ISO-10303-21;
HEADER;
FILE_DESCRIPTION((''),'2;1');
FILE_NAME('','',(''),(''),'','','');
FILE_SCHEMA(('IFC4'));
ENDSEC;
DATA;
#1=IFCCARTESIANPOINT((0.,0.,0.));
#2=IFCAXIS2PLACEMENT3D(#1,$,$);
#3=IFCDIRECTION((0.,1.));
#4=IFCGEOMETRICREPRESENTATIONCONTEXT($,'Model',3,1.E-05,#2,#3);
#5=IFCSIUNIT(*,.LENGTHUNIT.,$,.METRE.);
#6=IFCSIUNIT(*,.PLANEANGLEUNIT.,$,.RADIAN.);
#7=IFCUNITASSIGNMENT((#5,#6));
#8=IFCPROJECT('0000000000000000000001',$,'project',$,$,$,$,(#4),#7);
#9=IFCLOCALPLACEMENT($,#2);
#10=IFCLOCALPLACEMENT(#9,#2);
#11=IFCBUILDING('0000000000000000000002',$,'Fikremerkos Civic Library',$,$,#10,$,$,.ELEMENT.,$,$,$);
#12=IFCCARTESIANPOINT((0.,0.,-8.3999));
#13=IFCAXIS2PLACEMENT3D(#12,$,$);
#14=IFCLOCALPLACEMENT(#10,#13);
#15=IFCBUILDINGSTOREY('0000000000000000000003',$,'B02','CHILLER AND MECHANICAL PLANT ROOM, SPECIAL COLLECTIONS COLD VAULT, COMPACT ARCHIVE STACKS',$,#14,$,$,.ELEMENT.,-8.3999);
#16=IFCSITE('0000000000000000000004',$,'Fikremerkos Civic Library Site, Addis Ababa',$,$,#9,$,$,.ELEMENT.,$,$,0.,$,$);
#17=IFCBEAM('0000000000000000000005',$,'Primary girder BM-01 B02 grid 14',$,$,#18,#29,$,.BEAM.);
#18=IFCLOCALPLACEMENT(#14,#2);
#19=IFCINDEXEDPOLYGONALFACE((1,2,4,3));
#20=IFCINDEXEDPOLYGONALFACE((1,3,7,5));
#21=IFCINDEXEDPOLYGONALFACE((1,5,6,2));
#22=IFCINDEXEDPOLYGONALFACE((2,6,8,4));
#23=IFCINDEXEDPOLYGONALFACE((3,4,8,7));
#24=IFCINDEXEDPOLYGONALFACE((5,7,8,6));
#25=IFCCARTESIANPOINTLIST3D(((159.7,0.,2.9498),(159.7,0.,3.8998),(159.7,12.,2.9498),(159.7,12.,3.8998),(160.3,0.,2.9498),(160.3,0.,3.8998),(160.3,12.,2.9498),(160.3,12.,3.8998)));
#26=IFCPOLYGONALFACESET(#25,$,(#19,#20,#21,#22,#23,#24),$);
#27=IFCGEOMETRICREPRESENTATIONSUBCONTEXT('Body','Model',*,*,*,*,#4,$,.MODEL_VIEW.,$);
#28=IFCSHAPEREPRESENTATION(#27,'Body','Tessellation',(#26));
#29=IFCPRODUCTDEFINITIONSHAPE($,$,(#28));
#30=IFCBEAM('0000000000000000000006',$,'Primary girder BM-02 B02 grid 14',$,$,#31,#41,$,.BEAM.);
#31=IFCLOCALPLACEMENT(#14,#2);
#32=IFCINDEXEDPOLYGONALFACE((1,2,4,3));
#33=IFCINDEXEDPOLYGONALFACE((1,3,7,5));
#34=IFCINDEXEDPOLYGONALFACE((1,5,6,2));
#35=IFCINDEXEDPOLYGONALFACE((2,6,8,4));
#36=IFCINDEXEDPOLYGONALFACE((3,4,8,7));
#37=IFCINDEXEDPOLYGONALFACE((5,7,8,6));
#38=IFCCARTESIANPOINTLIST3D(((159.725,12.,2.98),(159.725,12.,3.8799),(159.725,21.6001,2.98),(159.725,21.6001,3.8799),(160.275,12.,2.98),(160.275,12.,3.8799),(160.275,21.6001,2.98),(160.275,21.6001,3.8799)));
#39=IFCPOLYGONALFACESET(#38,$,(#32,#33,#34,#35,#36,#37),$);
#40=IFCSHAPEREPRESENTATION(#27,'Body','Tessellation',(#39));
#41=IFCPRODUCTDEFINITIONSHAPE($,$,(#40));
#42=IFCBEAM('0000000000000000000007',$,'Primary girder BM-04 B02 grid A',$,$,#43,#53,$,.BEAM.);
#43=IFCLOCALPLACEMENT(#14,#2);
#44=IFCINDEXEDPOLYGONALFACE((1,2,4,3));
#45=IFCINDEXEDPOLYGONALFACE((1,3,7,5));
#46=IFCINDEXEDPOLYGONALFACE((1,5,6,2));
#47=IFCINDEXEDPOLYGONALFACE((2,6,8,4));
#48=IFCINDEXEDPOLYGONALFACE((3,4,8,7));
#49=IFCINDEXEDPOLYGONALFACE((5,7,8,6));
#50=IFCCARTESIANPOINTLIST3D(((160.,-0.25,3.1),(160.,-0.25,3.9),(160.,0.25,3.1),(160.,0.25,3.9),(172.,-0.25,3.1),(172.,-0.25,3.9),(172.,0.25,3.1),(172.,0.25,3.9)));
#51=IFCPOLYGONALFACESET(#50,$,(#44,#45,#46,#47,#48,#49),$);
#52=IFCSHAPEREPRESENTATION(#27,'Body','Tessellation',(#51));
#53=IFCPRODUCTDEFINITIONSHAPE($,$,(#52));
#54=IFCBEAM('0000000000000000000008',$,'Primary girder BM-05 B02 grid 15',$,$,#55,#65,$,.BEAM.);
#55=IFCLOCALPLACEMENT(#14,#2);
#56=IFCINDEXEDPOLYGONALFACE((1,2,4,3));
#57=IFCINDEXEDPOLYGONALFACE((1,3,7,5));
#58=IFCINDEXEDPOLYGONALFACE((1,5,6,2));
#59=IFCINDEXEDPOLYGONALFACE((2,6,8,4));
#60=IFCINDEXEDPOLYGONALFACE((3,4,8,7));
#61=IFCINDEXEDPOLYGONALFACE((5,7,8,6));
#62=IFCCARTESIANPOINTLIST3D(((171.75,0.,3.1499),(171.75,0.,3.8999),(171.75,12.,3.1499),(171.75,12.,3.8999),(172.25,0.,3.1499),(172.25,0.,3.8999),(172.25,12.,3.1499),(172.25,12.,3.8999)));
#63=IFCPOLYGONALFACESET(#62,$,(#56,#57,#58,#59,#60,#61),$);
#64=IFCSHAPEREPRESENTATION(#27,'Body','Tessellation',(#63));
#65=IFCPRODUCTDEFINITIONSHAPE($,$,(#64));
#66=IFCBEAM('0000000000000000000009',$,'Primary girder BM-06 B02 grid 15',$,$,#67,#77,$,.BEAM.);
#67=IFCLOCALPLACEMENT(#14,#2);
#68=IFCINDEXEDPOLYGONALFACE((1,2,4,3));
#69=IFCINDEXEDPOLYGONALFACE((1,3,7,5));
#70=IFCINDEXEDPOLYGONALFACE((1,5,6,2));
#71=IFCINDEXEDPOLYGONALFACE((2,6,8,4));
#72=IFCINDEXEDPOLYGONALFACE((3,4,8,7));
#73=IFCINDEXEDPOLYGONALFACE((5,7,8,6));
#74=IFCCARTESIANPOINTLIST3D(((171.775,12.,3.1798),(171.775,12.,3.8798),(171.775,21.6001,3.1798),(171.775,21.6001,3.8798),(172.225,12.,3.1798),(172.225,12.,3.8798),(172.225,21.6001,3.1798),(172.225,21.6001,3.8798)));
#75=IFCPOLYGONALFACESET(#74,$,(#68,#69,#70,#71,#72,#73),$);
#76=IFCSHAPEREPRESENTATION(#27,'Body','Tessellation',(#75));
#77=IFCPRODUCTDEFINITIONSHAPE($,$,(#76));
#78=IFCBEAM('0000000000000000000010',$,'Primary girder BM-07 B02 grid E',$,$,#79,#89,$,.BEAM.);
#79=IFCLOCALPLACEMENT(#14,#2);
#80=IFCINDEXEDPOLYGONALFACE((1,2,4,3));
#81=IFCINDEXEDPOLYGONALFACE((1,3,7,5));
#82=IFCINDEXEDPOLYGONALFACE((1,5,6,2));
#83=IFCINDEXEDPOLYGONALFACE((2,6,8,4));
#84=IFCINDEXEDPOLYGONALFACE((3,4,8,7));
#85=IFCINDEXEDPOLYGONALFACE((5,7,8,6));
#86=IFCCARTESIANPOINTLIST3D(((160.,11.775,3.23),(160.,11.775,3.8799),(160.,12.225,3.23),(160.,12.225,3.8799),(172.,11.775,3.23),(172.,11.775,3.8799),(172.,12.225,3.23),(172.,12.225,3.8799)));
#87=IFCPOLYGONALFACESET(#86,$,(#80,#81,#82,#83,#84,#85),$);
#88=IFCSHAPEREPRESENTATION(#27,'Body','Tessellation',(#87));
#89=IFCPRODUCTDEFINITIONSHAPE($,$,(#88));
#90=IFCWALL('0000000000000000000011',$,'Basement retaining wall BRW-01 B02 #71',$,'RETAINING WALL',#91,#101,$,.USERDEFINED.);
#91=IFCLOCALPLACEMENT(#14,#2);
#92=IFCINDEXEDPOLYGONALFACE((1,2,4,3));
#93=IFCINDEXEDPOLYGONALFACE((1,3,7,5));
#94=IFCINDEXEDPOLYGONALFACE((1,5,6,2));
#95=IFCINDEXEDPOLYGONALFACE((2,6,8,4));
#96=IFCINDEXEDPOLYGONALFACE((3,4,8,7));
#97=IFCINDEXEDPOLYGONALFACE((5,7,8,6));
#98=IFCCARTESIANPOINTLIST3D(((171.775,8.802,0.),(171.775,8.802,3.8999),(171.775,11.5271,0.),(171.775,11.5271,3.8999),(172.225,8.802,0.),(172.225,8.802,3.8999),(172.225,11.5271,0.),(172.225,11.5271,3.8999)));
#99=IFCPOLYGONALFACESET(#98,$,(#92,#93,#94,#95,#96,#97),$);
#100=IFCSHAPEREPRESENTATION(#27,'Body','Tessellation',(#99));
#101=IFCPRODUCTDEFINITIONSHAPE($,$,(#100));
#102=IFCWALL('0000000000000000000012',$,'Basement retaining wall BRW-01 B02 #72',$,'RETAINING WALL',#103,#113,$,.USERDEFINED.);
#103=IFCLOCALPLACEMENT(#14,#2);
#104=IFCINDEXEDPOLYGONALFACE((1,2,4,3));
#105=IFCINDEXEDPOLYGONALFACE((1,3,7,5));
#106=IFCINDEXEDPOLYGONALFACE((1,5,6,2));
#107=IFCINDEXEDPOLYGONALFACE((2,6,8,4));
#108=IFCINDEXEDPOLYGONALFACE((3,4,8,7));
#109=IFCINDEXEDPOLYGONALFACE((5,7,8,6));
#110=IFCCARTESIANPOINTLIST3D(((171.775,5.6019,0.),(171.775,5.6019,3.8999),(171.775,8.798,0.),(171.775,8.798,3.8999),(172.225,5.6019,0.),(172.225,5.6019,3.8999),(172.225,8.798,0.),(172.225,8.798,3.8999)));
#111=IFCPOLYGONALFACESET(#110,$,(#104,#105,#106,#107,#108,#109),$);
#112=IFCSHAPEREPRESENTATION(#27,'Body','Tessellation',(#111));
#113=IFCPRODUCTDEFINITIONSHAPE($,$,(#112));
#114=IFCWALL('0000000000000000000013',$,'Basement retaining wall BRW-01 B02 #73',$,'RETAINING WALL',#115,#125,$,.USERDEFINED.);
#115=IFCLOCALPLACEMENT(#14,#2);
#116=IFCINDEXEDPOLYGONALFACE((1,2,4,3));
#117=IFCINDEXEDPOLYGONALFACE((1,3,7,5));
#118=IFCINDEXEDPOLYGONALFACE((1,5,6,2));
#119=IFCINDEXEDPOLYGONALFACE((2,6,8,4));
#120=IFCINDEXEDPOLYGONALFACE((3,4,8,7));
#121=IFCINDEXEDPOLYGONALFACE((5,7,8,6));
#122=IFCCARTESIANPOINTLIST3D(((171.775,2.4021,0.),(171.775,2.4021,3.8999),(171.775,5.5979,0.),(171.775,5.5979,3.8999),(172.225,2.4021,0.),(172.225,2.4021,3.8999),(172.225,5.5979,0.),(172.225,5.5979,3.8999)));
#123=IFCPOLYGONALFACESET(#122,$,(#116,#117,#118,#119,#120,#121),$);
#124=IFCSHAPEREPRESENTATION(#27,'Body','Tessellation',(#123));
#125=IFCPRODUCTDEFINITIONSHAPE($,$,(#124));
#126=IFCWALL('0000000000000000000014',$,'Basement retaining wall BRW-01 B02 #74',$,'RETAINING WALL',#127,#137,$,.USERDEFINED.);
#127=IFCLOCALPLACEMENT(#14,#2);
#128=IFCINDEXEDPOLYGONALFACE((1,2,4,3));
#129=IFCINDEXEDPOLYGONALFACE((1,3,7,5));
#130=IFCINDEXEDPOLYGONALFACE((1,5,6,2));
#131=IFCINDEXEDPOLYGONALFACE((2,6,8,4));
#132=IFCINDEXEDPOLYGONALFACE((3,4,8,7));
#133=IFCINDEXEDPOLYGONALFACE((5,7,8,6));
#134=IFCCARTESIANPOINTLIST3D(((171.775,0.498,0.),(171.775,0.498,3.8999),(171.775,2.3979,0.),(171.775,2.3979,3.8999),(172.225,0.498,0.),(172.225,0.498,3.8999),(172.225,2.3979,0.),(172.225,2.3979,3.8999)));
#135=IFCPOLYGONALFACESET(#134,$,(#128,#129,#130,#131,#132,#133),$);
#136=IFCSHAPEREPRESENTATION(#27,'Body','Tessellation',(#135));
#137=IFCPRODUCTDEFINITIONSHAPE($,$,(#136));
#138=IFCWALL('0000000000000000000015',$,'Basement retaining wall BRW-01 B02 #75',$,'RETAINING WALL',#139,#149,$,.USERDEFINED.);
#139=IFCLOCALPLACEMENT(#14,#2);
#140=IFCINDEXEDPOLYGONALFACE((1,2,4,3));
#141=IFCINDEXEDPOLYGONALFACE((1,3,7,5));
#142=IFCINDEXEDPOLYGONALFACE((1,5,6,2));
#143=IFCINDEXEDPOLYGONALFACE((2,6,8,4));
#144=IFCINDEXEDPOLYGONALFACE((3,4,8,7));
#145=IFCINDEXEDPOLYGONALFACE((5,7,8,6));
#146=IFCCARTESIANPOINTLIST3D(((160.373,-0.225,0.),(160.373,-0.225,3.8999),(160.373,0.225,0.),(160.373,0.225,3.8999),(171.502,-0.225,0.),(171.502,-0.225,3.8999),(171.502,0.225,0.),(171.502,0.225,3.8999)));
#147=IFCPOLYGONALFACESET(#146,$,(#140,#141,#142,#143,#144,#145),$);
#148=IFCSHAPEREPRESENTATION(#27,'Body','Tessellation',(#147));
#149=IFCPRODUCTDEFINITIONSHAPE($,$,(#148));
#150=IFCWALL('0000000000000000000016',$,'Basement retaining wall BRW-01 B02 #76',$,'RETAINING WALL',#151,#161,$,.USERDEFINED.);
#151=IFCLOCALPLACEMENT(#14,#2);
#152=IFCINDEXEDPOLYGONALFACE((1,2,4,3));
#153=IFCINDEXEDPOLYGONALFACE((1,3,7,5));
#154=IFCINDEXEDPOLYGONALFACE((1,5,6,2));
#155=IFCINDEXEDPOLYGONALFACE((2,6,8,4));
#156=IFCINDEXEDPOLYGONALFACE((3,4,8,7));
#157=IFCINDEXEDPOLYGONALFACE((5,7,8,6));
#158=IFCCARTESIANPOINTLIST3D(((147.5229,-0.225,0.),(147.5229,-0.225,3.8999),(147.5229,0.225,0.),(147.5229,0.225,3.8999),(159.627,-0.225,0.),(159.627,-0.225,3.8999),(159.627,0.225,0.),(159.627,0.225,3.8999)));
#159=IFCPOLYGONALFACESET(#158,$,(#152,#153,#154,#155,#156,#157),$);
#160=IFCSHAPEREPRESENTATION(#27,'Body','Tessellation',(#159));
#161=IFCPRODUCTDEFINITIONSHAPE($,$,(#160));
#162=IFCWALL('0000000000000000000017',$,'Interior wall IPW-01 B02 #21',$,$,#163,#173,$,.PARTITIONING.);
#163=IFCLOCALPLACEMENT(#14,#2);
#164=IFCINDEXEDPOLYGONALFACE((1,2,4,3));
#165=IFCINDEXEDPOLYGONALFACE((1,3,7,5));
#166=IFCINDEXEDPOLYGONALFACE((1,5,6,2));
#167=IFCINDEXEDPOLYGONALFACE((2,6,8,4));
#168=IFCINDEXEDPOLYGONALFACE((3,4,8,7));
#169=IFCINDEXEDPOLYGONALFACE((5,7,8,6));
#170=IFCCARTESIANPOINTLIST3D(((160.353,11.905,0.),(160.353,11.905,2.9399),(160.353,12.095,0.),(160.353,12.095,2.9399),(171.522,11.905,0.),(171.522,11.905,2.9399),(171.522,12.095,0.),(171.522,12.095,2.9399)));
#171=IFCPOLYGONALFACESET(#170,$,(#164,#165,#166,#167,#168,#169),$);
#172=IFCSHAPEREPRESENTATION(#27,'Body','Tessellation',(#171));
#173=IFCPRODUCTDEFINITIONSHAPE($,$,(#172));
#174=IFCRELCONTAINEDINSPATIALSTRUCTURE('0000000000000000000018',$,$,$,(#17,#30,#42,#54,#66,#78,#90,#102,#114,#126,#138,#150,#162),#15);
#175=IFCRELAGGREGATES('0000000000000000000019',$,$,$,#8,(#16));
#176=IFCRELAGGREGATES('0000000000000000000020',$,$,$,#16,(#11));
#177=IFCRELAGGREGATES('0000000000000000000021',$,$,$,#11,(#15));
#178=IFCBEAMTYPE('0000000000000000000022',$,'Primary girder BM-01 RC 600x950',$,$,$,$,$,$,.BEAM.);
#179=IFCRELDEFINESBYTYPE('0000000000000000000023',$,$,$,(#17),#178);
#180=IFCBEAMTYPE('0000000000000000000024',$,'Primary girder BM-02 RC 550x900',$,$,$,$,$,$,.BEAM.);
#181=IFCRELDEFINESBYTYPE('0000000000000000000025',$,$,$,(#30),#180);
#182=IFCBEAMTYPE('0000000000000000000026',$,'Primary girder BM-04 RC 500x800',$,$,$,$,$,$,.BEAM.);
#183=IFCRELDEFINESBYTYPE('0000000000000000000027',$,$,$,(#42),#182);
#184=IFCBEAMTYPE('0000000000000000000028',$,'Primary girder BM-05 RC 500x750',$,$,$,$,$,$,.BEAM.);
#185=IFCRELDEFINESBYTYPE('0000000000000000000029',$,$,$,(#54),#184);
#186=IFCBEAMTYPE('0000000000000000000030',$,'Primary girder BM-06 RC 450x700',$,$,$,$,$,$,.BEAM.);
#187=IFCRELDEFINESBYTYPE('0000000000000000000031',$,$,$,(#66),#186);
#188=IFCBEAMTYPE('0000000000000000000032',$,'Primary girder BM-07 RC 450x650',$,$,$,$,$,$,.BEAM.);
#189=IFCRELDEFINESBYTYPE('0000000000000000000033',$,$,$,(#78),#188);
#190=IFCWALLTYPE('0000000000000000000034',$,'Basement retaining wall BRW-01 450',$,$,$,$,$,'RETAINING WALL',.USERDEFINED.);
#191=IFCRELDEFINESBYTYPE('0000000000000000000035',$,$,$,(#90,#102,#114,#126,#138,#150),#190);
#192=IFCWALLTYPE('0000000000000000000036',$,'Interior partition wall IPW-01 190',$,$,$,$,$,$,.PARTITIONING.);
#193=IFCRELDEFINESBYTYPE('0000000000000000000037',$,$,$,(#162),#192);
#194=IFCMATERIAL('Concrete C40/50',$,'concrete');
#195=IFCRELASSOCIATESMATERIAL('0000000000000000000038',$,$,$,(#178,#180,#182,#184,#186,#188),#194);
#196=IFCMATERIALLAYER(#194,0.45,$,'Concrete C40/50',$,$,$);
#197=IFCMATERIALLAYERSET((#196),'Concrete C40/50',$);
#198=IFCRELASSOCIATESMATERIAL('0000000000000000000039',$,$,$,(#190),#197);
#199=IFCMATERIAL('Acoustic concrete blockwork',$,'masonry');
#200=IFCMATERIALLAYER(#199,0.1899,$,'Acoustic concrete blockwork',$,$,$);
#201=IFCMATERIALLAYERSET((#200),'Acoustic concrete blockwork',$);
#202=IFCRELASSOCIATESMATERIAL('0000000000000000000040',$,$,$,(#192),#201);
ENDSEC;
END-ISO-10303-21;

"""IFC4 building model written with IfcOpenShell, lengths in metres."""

from ifc_helpers import new_model, si_unit, direction, frame, frame_2d, origin, origin_2d, place, context, subcontext, project, spatial, rectangle, extrude, material, layer, layer_set, material_profile, profile_set, type_object, element, save


model = new_model("IFC4")

# Units and contexts
model_context = context("Model", 3, precision=1e-05, world=origin(), true_north=direction((0.0, 1.0)))
body_context = subcontext(model_context, "Body", "Model", "MODEL_VIEW")
ifc_project = project(units=[si_unit("LENGTHUNIT", "METRE"), si_unit("PLANEANGLEUNIT", "RADIAN")], contexts=[model_context])

# Site, building, storey
site_placement = place(None, origin())
site = spatial("IfcSite", under=ifc_project, at=site_placement, Name="Fikremerkos Civic Library Site, Addis Ababa", CompositionType="ELEMENT", RefElevation=0.0)
building_placement = place(site_placement, origin())
building = spatial("IfcBuilding", under=site, at=building_placement, Name="Fikremerkos Civic Library", CompositionType="ELEMENT")
storey_placement = place(building_placement, frame((0.0, 0.0, -8.3999)))
storey = spatial("IfcBuildingStorey", under=building, at=storey_placement, Name="B02", Description="CHILLER AND MECHANICAL PLANT ROOM, SPECIAL COLLECTIONS COLD VAULT, COMPACT ARCHIVE STACKS", CompositionType="ELEMENT", Elevation=-8.3999)

# Shared definitions
ifc_material_1 = material(Name="Concrete C40/50", Category="concrete")

# Beams
ifc_material_profile_1 = material_profile(ifc_material_1, rectangle(XDim=0.6001, YDim=0.95, at=origin_2d()), Name="RC 600x950")
ifc_profile_set_1 = profile_set([ifc_material_profile_1], Name="Concrete C40/50")
beam_type_1 = type_object("IfcBeamType", Name="Primary girder BM-01 RC 600x950", PredefinedType="BEAM", material=ifc_profile_set_1)
beam_1_placement = place(storey_placement, frame((160.0, 0.0, 3.4248), z_axis=(0.0, 1.0, 0.0), x_axis=(-1.0, 0.0, 0.0)))
element("IfcBeam", 1, at=beam_1_placement, inside=storey, type_object=beam_type_1, Name="Primary girder BM-01 B02 grid 14", PredefinedType="BEAM", context=body_context, shape_type="SweptSolid", body=[
    extrude(rectangle(XDim=0.6001, YDim=0.95, at=origin_2d()), origin(), (0.0, 0.0, 1.0), 12.0),
])
ifc_material_profile_2 = material_profile(ifc_material_1, rectangle(XDim=0.55, YDim=0.8999, at=origin_2d()), Name="RC 550x900")
ifc_profile_set_2 = profile_set([ifc_material_profile_2], Name="Concrete C40/50")
beam_type_2 = type_object("IfcBeamType", Name="Primary girder BM-02 RC 550x900", PredefinedType="BEAM", material=ifc_profile_set_2)
beam_2_placement = place(storey_placement, frame((160.0, 12.0, 3.4299), z_axis=(0.0, 1.0, 0.0), x_axis=(-1.0, 0.0, 0.0)))
element("IfcBeam", 2, at=beam_2_placement, inside=storey, type_object=beam_type_2, Name="Primary girder BM-02 B02 grid 14", PredefinedType="BEAM", context=body_context, shape_type="SweptSolid", body=[
    extrude(rectangle(XDim=0.55, YDim=0.8999, at=origin_2d()), origin(), (0.0, 0.0, 1.0), 9.6001),
])
ifc_material_profile_3 = material_profile(ifc_material_1, rectangle(XDim=0.5, YDim=0.8, at=origin_2d()), Name="RC 500x800")
ifc_profile_set_3 = profile_set([ifc_material_profile_3], Name="Concrete C40/50")
beam_type_3 = type_object("IfcBeamType", Name="Primary girder BM-04 RC 500x800", PredefinedType="BEAM", material=ifc_profile_set_3)
beam_3_placement = place(storey_placement, frame((160.0, 0.0, 3.5), z_axis=(1.0, 0.0, 0.0), x_axis=(0.0, 1.0, 0.0)))
element("IfcBeam", 3, at=beam_3_placement, inside=storey, type_object=beam_type_3, Name="Primary girder BM-04 B02 grid A", PredefinedType="BEAM", context=body_context, shape_type="SweptSolid", body=[
    extrude(rectangle(XDim=0.5, YDim=0.8, at=origin_2d()), origin(), (0.0, 0.0, 1.0), 12.0),
])
ifc_material_profile_4 = material_profile(ifc_material_1, rectangle(XDim=0.5, YDim=0.75, at=origin_2d()), Name="RC 500x750")
ifc_profile_set_4 = profile_set([ifc_material_profile_4], Name="Concrete C40/50")
beam_type_4 = type_object("IfcBeamType", Name="Primary girder BM-05 RC 500x750", PredefinedType="BEAM", material=ifc_profile_set_4)
beam_4_placement = place(storey_placement, frame((172.0, 0.0, 3.5249), z_axis=(0.0, 1.0, 0.0), x_axis=(-1.0, 0.0, 0.0)))
element("IfcBeam", 4, at=beam_4_placement, inside=storey, type_object=beam_type_4, Name="Primary girder BM-05 B02 grid 15", PredefinedType="BEAM", context=body_context, shape_type="SweptSolid", body=[
    extrude(rectangle(XDim=0.5, YDim=0.75, at=origin_2d()), origin(), (0.0, 0.0, 1.0), 12.0),
])
ifc_material_profile_5 = material_profile(ifc_material_1, rectangle(XDim=0.45, YDim=0.7, at=origin_2d()), Name="RC 450x700")
ifc_profile_set_5 = profile_set([ifc_material_profile_5], Name="Concrete C40/50")
beam_type_5 = type_object("IfcBeamType", Name="Primary girder BM-06 RC 450x700", PredefinedType="BEAM", material=ifc_profile_set_5)
beam_5_placement = place(storey_placement, frame((172.0, 12.0, 3.5298), z_axis=(0.0, 1.0, 0.0), x_axis=(-1.0, 0.0, 0.0)))
element("IfcBeam", 5, at=beam_5_placement, inside=storey, type_object=beam_type_5, Name="Primary girder BM-06 B02 grid 15", PredefinedType="BEAM", context=body_context, shape_type="SweptSolid", body=[
    extrude(rectangle(XDim=0.45, YDim=0.7, at=origin_2d()), origin(), (0.0, 0.0, 1.0), 9.6001),
])
ifc_material_profile_6 = material_profile(ifc_material_1, rectangle(XDim=0.45, YDim=0.6499, at=origin_2d()), Name="RC 450x650")
ifc_profile_set_6 = profile_set([ifc_material_profile_6], Name="Concrete C40/50")
beam_type_6 = type_object("IfcBeamType", Name="Primary girder BM-07 RC 450x650", PredefinedType="BEAM", material=ifc_profile_set_6)
beam_6_placement = place(storey_placement, frame((160.0, 12.0, 3.5549), z_axis=(1.0, 0.0, 0.0), x_axis=(0.0, 1.0, 0.0)))
element("IfcBeam", 6, at=beam_6_placement, inside=storey, type_object=beam_type_6, Name="Primary girder BM-07 B02 grid E", PredefinedType="BEAM", context=body_context, shape_type="SweptSolid", body=[
    extrude(rectangle(XDim=0.45, YDim=0.6499, at=origin_2d()), origin(), (0.0, 0.0, 1.0), 12.0),
])

# Walls
ifc_layer_1 = layer(ifc_material_1, 0.45, Name="Concrete C40/50")
ifc_layer_set_1 = layer_set([ifc_layer_1], Name="Concrete C40/50")
wall_type_1 = type_object("IfcWallType", Name="Basement retaining wall BRW-01 450", ElementType="RETAINING WALL", PredefinedType="USERDEFINED", material=ifc_layer_set_1)
wall_1_placement = place(storey_placement, frame((172.0, 11.5271, 0.0), z_axis=(0.0, 0.0, 1.0), x_axis=(0.0, -1.0, 0.0)))
element("IfcWall", 7, at=wall_1_placement, inside=storey, type_object=wall_type_1, Name="Basement retaining wall BRW-01 B02 #71", ObjectType="RETAINING WALL", PredefinedType="USERDEFINED", context=body_context, shape_type="SweptSolid", body=[
    extrude(rectangle(XDim=2.7251, YDim=0.45, at=frame_2d((1.3625, 0.0))), origin(), (0.0, 0.0, 1.0), 3.8999),
])
wall_2_placement = place(storey_placement, frame((172.0, 8.7981, 0.0), z_axis=(0.0, 0.0, 1.0), x_axis=(0.0, -1.0, 0.0)))
element("IfcWall", 8, at=wall_2_placement, inside=storey, type_object=wall_type_1, Name="Basement retaining wall BRW-01 B02 #72", ObjectType="RETAINING WALL", PredefinedType="USERDEFINED", context=body_context, shape_type="SweptSolid", body=[
    extrude(rectangle(XDim=3.196, YDim=0.45, at=frame_2d((1.5981, 0.0))), origin(), (0.0, 0.0, 1.0), 3.8999),
])
wall_3_placement = place(storey_placement, frame((172.0, 5.5979, 0.0), z_axis=(0.0, 0.0, 1.0), x_axis=(0.0, -1.0, 0.0)))
element("IfcWall", 9, at=wall_3_placement, inside=storey, type_object=wall_type_1, Name="Basement retaining wall BRW-01 B02 #73", ObjectType="RETAINING WALL", PredefinedType="USERDEFINED", context=body_context, shape_type="SweptSolid", body=[
    extrude(rectangle(XDim=3.1958, YDim=0.45, at=frame_2d((1.5979, 0.0))), origin(), (0.0, 0.0, 1.0), 3.8999),
])
wall_4_placement = place(storey_placement, frame((172.0, 2.3979, 0.0), z_axis=(0.0, 0.0, 1.0), x_axis=(0.0, -1.0, 0.0)))
element("IfcWall", 10, at=wall_4_placement, inside=storey, type_object=wall_type_1, Name="Basement retaining wall BRW-01 B02 #74", ObjectType="RETAINING WALL", PredefinedType="USERDEFINED", context=body_context, shape_type="SweptSolid", body=[
    extrude(rectangle(XDim=1.8999, YDim=0.45, at=frame_2d((0.95, 0.0))), origin(), (0.0, 0.0, 1.0), 3.8999),
])
wall_5_placement = place(storey_placement, frame((171.502, 0.0, 0.0), z_axis=(0.0, 0.0, 1.0), x_axis=(-1.0, 0.0, 0.0)))
element("IfcWall", 11, at=wall_5_placement, inside=storey, type_object=wall_type_1, Name="Basement retaining wall BRW-01 B02 #75", ObjectType="RETAINING WALL", PredefinedType="USERDEFINED", context=body_context, shape_type="SweptSolid", body=[
    extrude(rectangle(XDim=11.1289, YDim=0.45, at=frame_2d((5.5645, 0.0))), origin(), (0.0, 0.0, 1.0), 3.8999),
])
wall_6_placement = place(storey_placement, frame((159.627, 0.0, 0.0), z_axis=(0.0, 0.0, 1.0), x_axis=(-1.0, 0.0, 0.0)))
element("IfcWall", 12, at=wall_6_placement, inside=storey, type_object=wall_type_1, Name="Basement retaining wall BRW-01 B02 #76", ObjectType="RETAINING WALL", PredefinedType="USERDEFINED", context=body_context, shape_type="SweptSolid", body=[
    extrude(rectangle(XDim=12.104, YDim=0.45, at=frame_2d((6.052, 0.0))), origin(), (0.0, 0.0, 1.0), 3.8999),
])
ifc_material_2 = material(Name="Acoustic concrete blockwork", Category="masonry")
ifc_layer_2 = layer(ifc_material_2, 0.1899, Name="Acoustic concrete blockwork")
ifc_layer_set_2 = layer_set([ifc_layer_2], Name="Acoustic concrete blockwork")
wall_type_2 = type_object("IfcWallType", Name="Interior partition wall IPW-01 190", PredefinedType="PARTITIONING", material=ifc_layer_set_2)
wall_7_placement = place(storey_placement, frame((160.353, 12.0, 0.0), z_axis=(0.0, 0.0, 1.0), x_axis=(1.0, 0.0, 0.0)))
element("IfcWall", 13, at=wall_7_placement, inside=storey, type_object=wall_type_2, Name="Interior wall IPW-01 B02 #21", PredefinedType="PARTITIONING", context=body_context, shape_type="SweptSolid", body=[
    extrude(rectangle(XDim=11.1689, YDim=0.1899, at=frame_2d((5.5845, 0.0))), origin(), (0.0, 0.0, 1.0), 2.9399),
])

save(model, "model.ifc")
